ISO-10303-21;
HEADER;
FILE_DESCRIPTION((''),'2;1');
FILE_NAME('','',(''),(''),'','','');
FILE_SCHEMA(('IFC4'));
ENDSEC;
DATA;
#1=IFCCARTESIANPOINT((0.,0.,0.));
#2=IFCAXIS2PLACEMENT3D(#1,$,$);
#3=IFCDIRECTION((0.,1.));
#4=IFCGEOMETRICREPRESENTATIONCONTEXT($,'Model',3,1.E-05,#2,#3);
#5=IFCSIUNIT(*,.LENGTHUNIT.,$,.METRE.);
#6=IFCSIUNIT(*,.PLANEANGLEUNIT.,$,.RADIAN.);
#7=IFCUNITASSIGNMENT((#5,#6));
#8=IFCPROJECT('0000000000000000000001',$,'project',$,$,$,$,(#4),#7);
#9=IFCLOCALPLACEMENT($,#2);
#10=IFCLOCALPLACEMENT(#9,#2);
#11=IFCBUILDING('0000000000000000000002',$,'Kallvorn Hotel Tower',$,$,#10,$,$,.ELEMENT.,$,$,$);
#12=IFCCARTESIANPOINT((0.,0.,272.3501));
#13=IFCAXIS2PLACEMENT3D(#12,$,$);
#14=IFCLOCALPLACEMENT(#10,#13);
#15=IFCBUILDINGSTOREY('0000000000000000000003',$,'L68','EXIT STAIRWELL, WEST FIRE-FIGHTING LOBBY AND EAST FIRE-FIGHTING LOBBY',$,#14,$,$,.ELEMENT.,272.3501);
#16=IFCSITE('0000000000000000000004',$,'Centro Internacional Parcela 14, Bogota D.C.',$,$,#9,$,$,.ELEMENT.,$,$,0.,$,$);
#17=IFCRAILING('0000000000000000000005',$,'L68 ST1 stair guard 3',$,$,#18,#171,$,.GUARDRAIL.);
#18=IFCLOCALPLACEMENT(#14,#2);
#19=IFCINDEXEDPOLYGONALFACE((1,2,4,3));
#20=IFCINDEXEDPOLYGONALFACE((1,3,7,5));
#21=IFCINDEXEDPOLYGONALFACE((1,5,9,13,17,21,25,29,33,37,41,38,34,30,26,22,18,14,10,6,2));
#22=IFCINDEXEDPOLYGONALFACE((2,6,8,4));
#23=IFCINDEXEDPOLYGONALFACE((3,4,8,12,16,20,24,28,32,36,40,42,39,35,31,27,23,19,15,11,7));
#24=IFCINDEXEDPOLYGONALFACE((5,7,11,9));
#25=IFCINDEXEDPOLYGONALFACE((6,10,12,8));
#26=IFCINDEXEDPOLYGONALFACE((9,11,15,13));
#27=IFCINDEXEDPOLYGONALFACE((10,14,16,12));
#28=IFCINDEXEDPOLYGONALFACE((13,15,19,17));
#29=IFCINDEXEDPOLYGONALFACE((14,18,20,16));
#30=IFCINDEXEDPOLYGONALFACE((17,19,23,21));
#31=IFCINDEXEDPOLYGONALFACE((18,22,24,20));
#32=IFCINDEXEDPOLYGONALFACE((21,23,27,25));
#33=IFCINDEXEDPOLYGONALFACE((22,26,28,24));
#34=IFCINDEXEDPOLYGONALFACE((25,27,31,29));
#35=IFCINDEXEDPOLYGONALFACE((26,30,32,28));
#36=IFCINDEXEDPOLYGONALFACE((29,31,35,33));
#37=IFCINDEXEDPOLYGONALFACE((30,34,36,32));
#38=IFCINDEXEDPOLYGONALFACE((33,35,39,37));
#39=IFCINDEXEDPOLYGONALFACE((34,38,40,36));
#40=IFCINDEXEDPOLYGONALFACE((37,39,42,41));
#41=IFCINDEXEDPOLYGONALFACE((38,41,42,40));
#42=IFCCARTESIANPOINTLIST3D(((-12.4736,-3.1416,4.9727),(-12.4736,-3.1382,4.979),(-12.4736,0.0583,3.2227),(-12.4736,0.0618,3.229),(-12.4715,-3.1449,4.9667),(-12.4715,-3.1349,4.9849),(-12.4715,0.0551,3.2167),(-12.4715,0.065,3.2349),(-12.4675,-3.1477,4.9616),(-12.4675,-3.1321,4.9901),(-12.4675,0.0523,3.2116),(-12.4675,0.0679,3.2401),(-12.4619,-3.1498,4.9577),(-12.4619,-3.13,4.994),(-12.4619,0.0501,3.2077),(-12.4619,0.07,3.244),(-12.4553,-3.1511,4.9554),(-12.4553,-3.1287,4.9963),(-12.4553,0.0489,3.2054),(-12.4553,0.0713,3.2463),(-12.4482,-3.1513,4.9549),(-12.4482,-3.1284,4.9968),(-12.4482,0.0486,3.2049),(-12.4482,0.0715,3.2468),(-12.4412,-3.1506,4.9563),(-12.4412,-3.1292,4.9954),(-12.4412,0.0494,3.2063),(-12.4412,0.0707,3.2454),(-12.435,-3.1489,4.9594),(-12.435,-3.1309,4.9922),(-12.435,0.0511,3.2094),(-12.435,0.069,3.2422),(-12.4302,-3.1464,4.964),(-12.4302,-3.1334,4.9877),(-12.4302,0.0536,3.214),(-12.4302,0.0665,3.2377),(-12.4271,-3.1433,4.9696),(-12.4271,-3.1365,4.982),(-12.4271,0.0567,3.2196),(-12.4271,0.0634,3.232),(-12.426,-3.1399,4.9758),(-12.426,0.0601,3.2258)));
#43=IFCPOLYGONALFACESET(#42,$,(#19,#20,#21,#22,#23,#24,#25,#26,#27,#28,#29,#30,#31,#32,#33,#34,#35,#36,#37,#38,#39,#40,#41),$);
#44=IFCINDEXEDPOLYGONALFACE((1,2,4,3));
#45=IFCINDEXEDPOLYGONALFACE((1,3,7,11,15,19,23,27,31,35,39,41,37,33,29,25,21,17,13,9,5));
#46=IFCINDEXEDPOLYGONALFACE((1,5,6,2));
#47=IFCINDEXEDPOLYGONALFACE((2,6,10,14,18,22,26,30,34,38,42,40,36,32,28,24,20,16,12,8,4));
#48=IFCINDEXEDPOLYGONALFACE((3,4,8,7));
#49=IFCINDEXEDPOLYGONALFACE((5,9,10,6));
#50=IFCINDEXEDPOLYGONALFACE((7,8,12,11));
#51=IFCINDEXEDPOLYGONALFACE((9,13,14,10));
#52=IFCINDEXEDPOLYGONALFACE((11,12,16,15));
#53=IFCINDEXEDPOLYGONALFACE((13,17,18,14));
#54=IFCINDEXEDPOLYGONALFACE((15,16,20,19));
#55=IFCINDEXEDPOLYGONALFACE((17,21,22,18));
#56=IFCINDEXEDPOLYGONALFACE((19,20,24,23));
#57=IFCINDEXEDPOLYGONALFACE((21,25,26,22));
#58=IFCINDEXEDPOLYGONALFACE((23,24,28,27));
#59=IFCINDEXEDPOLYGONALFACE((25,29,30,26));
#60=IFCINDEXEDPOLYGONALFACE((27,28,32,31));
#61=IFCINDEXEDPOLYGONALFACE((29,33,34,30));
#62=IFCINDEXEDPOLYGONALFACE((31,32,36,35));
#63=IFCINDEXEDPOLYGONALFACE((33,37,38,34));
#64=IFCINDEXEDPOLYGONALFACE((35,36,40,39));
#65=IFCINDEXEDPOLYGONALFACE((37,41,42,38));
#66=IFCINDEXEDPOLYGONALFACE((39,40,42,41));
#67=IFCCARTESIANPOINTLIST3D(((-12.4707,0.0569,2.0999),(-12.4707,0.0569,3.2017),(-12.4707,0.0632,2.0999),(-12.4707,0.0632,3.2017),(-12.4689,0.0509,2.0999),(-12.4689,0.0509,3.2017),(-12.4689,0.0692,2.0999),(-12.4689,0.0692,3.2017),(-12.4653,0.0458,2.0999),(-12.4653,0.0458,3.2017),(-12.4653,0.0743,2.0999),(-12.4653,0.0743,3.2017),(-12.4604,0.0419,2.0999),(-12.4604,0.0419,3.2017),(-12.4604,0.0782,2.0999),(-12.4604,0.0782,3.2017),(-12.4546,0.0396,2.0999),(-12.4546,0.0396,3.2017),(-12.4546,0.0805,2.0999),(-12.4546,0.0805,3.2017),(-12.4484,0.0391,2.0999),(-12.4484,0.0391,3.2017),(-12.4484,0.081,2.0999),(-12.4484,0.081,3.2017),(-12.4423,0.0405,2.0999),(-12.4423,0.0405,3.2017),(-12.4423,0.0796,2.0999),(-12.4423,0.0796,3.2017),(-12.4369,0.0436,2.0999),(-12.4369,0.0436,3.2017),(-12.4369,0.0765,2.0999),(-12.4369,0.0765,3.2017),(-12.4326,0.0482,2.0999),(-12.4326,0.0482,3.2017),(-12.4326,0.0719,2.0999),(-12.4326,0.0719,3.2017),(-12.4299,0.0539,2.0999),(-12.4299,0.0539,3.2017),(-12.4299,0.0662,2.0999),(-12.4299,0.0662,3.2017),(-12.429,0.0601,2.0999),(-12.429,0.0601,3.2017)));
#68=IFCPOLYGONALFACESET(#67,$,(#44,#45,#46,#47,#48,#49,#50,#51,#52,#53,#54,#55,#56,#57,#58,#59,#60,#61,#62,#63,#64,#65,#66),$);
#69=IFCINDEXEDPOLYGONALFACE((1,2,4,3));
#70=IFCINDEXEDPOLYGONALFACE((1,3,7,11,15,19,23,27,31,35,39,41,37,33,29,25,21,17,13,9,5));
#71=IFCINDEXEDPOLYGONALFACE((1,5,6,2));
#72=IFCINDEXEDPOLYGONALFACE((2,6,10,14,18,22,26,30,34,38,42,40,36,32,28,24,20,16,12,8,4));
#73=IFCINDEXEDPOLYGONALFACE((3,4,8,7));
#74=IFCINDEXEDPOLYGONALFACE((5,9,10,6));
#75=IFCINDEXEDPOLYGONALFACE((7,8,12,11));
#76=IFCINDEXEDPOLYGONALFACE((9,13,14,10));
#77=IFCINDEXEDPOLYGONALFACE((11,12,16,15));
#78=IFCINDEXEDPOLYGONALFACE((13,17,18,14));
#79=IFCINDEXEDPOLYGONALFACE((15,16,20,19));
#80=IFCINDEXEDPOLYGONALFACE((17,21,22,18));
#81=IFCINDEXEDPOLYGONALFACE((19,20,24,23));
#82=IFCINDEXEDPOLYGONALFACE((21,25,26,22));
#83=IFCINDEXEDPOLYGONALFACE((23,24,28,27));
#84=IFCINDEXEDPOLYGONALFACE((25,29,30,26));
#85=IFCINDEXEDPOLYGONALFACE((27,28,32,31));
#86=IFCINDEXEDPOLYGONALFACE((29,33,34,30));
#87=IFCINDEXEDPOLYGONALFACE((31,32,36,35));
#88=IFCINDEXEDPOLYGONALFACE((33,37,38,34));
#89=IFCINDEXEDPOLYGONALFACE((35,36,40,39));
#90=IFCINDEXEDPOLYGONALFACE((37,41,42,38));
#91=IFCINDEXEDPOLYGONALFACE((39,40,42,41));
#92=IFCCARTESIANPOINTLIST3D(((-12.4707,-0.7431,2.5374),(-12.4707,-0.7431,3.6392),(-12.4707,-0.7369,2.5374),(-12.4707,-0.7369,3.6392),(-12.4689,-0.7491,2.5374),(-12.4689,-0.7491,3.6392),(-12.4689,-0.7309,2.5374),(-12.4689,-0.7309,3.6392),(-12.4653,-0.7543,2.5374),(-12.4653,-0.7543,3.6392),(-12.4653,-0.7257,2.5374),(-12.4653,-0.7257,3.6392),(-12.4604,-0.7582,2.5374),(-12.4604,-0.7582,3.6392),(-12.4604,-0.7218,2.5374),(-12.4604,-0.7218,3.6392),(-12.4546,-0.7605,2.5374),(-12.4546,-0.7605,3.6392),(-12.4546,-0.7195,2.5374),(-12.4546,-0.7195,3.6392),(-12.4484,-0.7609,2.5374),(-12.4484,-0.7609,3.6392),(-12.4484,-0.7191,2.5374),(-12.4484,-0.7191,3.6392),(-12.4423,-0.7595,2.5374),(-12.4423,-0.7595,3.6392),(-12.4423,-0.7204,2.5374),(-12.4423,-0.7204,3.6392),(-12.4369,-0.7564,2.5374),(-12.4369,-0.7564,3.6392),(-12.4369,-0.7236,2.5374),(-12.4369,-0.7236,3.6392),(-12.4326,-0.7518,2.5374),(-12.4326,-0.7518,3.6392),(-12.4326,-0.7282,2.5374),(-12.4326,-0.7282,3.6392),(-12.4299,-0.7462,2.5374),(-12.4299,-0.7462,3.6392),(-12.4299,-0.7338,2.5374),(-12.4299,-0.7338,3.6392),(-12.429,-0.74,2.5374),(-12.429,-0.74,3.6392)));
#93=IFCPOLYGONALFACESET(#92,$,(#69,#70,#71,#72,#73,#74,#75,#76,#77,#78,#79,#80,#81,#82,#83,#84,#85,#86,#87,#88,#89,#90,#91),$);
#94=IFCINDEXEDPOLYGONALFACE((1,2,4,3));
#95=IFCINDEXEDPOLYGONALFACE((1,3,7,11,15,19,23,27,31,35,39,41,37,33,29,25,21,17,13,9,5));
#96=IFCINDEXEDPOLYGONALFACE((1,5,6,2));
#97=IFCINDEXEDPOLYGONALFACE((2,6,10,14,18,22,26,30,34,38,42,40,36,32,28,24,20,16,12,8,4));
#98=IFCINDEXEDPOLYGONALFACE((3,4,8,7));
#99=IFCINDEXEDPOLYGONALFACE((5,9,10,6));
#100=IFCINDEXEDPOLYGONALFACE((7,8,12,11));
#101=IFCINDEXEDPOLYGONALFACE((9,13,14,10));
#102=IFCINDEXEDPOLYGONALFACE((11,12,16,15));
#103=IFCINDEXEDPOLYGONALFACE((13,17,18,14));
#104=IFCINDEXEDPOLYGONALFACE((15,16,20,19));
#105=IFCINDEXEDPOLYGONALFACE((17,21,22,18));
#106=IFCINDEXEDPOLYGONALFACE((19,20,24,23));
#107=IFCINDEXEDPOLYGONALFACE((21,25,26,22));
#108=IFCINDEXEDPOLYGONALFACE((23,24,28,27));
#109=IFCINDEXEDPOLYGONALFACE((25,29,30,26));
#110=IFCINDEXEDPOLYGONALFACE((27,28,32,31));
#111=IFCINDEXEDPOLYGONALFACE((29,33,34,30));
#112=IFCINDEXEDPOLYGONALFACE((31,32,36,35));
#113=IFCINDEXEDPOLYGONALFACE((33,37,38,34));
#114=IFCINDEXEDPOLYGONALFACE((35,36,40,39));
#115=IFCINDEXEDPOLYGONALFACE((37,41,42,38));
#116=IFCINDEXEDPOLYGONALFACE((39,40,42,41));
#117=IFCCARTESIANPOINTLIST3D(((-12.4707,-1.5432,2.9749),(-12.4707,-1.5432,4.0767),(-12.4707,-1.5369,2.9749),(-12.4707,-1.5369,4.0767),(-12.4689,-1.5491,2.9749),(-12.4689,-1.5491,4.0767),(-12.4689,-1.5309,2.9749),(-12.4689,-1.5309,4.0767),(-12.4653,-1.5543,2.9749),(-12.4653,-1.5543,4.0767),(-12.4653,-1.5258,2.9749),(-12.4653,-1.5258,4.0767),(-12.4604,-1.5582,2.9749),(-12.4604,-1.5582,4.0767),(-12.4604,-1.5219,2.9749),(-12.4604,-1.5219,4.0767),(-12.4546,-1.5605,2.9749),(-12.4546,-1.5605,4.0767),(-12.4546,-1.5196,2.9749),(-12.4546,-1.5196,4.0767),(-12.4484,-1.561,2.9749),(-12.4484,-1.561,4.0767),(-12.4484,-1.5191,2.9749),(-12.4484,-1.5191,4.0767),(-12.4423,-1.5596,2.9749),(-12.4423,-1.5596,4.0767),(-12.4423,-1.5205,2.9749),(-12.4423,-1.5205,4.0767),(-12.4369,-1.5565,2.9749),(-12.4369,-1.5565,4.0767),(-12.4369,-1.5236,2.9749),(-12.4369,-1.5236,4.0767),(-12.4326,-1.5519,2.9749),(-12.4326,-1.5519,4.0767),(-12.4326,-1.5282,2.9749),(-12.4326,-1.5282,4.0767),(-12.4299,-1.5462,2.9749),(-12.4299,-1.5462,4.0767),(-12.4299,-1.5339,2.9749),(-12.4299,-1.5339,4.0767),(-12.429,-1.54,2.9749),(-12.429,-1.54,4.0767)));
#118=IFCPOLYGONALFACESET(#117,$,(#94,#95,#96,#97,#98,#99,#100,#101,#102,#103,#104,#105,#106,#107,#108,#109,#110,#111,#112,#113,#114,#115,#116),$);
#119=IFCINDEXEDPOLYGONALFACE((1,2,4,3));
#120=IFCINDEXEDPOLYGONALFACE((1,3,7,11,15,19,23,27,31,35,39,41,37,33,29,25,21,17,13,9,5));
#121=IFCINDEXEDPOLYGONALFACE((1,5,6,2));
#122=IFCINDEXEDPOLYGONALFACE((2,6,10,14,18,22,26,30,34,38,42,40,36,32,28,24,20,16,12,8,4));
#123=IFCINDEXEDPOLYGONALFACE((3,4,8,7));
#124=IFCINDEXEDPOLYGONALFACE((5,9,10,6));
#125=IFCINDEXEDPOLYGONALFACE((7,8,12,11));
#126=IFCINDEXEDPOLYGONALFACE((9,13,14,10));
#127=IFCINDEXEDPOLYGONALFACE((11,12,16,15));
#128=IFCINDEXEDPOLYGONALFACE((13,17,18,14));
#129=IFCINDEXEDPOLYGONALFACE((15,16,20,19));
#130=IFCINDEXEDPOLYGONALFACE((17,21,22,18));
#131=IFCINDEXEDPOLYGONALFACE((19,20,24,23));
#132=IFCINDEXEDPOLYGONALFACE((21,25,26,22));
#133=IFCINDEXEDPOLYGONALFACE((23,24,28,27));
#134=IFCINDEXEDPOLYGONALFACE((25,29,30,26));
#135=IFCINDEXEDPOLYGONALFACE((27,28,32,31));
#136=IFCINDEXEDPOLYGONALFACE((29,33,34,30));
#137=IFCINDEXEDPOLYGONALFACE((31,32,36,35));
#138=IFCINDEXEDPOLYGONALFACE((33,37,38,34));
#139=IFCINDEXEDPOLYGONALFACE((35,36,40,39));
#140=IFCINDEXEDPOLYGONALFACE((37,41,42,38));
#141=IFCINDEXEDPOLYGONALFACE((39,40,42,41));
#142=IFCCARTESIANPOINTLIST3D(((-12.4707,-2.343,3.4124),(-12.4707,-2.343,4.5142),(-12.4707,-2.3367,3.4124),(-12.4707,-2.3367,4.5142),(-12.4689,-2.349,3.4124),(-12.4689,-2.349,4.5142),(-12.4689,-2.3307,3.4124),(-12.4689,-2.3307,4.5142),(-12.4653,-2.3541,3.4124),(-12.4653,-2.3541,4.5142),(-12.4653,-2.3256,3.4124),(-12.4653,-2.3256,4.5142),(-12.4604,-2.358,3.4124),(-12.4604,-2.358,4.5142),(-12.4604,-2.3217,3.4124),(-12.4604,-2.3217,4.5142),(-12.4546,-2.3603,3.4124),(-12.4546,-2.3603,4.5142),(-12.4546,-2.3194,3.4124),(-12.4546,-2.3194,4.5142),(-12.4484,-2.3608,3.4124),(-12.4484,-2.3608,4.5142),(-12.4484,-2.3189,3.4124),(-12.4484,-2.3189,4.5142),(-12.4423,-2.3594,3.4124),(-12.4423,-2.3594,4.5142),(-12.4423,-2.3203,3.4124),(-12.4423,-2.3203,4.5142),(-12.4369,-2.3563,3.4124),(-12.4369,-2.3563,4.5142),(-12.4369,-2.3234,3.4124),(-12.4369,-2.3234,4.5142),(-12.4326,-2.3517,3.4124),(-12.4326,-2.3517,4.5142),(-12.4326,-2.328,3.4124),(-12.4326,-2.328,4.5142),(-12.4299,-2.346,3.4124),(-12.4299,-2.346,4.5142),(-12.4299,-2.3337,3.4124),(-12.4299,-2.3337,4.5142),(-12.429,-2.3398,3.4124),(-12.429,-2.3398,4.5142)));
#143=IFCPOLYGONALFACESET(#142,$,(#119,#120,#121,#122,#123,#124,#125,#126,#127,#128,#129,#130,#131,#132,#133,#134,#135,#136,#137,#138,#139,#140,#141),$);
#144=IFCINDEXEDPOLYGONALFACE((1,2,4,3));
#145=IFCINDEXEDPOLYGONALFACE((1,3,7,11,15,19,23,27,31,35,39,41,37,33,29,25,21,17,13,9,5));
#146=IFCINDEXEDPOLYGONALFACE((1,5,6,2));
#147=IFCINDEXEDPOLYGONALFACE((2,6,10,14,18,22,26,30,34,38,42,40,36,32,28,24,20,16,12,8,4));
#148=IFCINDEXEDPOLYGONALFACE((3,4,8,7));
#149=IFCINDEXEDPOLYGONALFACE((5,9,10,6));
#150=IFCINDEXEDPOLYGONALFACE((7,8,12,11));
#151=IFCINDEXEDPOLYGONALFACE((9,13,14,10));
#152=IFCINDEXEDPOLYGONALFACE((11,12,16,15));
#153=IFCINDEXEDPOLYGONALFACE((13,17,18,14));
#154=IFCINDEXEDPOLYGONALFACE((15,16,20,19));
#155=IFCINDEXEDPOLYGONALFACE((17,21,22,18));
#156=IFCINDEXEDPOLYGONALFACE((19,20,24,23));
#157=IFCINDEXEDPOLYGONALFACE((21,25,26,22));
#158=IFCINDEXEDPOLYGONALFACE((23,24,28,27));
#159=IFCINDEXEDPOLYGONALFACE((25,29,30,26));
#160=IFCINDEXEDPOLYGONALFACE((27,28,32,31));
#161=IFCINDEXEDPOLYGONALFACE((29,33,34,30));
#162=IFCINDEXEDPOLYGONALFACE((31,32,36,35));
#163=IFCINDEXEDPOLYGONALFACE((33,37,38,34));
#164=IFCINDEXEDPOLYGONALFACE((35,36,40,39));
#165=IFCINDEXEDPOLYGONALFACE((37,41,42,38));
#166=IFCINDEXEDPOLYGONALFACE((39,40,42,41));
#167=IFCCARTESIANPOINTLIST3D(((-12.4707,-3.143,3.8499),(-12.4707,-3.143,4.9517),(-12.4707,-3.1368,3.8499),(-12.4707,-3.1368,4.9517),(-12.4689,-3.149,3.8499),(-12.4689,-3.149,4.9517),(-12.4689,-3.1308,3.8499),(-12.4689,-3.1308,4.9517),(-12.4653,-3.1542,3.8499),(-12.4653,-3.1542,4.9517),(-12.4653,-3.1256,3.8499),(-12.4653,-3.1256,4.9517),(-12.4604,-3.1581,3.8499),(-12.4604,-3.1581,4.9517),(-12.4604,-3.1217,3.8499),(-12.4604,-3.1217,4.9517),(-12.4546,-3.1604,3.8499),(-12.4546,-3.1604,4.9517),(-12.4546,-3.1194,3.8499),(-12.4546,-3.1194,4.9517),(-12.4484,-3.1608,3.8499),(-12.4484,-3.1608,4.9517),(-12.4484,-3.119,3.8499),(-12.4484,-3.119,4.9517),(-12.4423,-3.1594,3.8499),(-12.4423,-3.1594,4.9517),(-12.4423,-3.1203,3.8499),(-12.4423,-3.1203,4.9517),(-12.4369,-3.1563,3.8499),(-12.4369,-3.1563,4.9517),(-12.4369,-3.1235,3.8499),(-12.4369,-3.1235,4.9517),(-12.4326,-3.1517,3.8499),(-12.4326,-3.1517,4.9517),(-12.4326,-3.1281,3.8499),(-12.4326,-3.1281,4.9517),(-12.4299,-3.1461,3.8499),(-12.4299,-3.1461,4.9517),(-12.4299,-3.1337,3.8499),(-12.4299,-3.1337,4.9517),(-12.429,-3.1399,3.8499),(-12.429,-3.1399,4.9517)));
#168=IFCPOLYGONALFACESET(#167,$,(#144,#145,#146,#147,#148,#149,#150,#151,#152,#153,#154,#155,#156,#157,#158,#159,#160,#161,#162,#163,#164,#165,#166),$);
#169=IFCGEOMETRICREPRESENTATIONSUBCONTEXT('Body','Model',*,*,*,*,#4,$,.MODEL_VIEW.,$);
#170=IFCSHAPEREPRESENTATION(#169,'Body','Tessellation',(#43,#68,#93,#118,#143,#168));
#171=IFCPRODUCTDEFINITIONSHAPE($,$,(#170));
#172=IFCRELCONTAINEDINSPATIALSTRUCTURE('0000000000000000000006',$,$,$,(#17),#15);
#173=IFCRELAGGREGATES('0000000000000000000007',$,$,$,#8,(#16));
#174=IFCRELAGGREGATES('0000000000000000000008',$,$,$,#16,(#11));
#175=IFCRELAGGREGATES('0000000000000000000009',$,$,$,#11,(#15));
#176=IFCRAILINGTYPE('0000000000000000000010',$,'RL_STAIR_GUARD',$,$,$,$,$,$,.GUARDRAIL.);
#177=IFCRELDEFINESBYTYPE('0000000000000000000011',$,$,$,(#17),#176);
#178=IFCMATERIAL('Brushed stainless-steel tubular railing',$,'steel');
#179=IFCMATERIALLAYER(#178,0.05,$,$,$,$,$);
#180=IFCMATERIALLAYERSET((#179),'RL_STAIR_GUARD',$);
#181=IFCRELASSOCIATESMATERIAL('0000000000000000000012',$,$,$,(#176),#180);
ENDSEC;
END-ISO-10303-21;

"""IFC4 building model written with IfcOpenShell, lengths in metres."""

from ifc_helpers import new_model, si_unit, direction, frame, origin, origin_2d, place, context, subcontext, project, spatial, circle, extrude, material, layer, layer_set, type_object, element, save


model = new_model("IFC4")

# Units and contexts
model_context = context("Model", 3, precision=1e-05, world=origin(), true_north=direction((0.0, 1.0)))
body_context = subcontext(model_context, "Body", "Model", "MODEL_VIEW")
ifc_project = project(units=[si_unit("LENGTHUNIT", "METRE"), si_unit("PLANEANGLEUNIT", "RADIAN")], contexts=[model_context])

# Site, building, storey
site_placement = place(None, origin())
site = spatial("IfcSite", under=ifc_project, at=site_placement, Name="Centro Internacional Parcela 14, Bogota D.C.", CompositionType="ELEMENT", RefElevation=0.0)
building_placement = place(site_placement, origin())
building = spatial("IfcBuilding", under=site, at=building_placement, Name="Kallvorn Hotel Tower", CompositionType="ELEMENT")
storey_placement = place(building_placement, frame((0.0, 0.0, 272.3501)))
storey = spatial("IfcBuildingStorey", under=building, at=storey_placement, Name="L68", Description="EXIT STAIRWELL, WEST FIRE-FIGHTING LOBBY AND EAST FIRE-FIGHTING LOBBY", CompositionType="ELEMENT", Elevation=272.3501)

# Railing
ifc_material_1 = material(Name="Brushed stainless-steel tubular railing", Category="steel")
ifc_layer_1 = layer(ifc_material_1, 0.05)
ifc_layer_set_1 = layer_set([ifc_layer_1], Name="RL_STAIR_GUARD")
railing_type_1 = type_object("IfcRailingType", Name="RL_STAIR_GUARD", PredefinedType="GUARDRAIL", material=ifc_layer_set_1)
railing_1_placement = place(storey_placement, frame((-12.45, 0.0601, 2.0999)))
element("IfcRailing", 1, at=railing_1_placement, inside=storey, type_object=railing_type_1, Name="L68 ST1 stair guard 3", PredefinedType="GUARDRAIL", context=body_context, shape_type="SweptSolid", body=[
    extrude(circle(Radius=0.0239, at=origin_2d()), frame((0.0, 0.0, 1.126), z_axis=(0.0, -0.877368, 0.479818), x_axis=(1.0, 0.0, 0.0)), (0.0, 0.0, 1.0), 3.6472),
    extrude(circle(Radius=0.021, at=origin_2d()), origin(), (0.0, 0.0, 1.0), 1.1018),
    extrude(circle(Radius=0.021, at=origin_2d()), frame((0.0, -0.8, 0.4375)), (0.0, 0.0, 1.0), 1.1018),
    extrude(circle(Radius=0.021, at=origin_2d()), frame((0.0, -1.6001, 0.875)), (0.0, 0.0, 1.0), 1.1018),
    extrude(circle(Radius=0.021, at=origin_2d()), frame((0.0, -2.3999, 1.3125)), (0.0, 0.0, 1.0), 1.1018),
    extrude(circle(Radius=0.021, at=origin_2d()), frame((0.0, -3.2, 1.75)), (0.0, 0.0, 1.0), 1.1018),
])

save(model, "model.ifc")
